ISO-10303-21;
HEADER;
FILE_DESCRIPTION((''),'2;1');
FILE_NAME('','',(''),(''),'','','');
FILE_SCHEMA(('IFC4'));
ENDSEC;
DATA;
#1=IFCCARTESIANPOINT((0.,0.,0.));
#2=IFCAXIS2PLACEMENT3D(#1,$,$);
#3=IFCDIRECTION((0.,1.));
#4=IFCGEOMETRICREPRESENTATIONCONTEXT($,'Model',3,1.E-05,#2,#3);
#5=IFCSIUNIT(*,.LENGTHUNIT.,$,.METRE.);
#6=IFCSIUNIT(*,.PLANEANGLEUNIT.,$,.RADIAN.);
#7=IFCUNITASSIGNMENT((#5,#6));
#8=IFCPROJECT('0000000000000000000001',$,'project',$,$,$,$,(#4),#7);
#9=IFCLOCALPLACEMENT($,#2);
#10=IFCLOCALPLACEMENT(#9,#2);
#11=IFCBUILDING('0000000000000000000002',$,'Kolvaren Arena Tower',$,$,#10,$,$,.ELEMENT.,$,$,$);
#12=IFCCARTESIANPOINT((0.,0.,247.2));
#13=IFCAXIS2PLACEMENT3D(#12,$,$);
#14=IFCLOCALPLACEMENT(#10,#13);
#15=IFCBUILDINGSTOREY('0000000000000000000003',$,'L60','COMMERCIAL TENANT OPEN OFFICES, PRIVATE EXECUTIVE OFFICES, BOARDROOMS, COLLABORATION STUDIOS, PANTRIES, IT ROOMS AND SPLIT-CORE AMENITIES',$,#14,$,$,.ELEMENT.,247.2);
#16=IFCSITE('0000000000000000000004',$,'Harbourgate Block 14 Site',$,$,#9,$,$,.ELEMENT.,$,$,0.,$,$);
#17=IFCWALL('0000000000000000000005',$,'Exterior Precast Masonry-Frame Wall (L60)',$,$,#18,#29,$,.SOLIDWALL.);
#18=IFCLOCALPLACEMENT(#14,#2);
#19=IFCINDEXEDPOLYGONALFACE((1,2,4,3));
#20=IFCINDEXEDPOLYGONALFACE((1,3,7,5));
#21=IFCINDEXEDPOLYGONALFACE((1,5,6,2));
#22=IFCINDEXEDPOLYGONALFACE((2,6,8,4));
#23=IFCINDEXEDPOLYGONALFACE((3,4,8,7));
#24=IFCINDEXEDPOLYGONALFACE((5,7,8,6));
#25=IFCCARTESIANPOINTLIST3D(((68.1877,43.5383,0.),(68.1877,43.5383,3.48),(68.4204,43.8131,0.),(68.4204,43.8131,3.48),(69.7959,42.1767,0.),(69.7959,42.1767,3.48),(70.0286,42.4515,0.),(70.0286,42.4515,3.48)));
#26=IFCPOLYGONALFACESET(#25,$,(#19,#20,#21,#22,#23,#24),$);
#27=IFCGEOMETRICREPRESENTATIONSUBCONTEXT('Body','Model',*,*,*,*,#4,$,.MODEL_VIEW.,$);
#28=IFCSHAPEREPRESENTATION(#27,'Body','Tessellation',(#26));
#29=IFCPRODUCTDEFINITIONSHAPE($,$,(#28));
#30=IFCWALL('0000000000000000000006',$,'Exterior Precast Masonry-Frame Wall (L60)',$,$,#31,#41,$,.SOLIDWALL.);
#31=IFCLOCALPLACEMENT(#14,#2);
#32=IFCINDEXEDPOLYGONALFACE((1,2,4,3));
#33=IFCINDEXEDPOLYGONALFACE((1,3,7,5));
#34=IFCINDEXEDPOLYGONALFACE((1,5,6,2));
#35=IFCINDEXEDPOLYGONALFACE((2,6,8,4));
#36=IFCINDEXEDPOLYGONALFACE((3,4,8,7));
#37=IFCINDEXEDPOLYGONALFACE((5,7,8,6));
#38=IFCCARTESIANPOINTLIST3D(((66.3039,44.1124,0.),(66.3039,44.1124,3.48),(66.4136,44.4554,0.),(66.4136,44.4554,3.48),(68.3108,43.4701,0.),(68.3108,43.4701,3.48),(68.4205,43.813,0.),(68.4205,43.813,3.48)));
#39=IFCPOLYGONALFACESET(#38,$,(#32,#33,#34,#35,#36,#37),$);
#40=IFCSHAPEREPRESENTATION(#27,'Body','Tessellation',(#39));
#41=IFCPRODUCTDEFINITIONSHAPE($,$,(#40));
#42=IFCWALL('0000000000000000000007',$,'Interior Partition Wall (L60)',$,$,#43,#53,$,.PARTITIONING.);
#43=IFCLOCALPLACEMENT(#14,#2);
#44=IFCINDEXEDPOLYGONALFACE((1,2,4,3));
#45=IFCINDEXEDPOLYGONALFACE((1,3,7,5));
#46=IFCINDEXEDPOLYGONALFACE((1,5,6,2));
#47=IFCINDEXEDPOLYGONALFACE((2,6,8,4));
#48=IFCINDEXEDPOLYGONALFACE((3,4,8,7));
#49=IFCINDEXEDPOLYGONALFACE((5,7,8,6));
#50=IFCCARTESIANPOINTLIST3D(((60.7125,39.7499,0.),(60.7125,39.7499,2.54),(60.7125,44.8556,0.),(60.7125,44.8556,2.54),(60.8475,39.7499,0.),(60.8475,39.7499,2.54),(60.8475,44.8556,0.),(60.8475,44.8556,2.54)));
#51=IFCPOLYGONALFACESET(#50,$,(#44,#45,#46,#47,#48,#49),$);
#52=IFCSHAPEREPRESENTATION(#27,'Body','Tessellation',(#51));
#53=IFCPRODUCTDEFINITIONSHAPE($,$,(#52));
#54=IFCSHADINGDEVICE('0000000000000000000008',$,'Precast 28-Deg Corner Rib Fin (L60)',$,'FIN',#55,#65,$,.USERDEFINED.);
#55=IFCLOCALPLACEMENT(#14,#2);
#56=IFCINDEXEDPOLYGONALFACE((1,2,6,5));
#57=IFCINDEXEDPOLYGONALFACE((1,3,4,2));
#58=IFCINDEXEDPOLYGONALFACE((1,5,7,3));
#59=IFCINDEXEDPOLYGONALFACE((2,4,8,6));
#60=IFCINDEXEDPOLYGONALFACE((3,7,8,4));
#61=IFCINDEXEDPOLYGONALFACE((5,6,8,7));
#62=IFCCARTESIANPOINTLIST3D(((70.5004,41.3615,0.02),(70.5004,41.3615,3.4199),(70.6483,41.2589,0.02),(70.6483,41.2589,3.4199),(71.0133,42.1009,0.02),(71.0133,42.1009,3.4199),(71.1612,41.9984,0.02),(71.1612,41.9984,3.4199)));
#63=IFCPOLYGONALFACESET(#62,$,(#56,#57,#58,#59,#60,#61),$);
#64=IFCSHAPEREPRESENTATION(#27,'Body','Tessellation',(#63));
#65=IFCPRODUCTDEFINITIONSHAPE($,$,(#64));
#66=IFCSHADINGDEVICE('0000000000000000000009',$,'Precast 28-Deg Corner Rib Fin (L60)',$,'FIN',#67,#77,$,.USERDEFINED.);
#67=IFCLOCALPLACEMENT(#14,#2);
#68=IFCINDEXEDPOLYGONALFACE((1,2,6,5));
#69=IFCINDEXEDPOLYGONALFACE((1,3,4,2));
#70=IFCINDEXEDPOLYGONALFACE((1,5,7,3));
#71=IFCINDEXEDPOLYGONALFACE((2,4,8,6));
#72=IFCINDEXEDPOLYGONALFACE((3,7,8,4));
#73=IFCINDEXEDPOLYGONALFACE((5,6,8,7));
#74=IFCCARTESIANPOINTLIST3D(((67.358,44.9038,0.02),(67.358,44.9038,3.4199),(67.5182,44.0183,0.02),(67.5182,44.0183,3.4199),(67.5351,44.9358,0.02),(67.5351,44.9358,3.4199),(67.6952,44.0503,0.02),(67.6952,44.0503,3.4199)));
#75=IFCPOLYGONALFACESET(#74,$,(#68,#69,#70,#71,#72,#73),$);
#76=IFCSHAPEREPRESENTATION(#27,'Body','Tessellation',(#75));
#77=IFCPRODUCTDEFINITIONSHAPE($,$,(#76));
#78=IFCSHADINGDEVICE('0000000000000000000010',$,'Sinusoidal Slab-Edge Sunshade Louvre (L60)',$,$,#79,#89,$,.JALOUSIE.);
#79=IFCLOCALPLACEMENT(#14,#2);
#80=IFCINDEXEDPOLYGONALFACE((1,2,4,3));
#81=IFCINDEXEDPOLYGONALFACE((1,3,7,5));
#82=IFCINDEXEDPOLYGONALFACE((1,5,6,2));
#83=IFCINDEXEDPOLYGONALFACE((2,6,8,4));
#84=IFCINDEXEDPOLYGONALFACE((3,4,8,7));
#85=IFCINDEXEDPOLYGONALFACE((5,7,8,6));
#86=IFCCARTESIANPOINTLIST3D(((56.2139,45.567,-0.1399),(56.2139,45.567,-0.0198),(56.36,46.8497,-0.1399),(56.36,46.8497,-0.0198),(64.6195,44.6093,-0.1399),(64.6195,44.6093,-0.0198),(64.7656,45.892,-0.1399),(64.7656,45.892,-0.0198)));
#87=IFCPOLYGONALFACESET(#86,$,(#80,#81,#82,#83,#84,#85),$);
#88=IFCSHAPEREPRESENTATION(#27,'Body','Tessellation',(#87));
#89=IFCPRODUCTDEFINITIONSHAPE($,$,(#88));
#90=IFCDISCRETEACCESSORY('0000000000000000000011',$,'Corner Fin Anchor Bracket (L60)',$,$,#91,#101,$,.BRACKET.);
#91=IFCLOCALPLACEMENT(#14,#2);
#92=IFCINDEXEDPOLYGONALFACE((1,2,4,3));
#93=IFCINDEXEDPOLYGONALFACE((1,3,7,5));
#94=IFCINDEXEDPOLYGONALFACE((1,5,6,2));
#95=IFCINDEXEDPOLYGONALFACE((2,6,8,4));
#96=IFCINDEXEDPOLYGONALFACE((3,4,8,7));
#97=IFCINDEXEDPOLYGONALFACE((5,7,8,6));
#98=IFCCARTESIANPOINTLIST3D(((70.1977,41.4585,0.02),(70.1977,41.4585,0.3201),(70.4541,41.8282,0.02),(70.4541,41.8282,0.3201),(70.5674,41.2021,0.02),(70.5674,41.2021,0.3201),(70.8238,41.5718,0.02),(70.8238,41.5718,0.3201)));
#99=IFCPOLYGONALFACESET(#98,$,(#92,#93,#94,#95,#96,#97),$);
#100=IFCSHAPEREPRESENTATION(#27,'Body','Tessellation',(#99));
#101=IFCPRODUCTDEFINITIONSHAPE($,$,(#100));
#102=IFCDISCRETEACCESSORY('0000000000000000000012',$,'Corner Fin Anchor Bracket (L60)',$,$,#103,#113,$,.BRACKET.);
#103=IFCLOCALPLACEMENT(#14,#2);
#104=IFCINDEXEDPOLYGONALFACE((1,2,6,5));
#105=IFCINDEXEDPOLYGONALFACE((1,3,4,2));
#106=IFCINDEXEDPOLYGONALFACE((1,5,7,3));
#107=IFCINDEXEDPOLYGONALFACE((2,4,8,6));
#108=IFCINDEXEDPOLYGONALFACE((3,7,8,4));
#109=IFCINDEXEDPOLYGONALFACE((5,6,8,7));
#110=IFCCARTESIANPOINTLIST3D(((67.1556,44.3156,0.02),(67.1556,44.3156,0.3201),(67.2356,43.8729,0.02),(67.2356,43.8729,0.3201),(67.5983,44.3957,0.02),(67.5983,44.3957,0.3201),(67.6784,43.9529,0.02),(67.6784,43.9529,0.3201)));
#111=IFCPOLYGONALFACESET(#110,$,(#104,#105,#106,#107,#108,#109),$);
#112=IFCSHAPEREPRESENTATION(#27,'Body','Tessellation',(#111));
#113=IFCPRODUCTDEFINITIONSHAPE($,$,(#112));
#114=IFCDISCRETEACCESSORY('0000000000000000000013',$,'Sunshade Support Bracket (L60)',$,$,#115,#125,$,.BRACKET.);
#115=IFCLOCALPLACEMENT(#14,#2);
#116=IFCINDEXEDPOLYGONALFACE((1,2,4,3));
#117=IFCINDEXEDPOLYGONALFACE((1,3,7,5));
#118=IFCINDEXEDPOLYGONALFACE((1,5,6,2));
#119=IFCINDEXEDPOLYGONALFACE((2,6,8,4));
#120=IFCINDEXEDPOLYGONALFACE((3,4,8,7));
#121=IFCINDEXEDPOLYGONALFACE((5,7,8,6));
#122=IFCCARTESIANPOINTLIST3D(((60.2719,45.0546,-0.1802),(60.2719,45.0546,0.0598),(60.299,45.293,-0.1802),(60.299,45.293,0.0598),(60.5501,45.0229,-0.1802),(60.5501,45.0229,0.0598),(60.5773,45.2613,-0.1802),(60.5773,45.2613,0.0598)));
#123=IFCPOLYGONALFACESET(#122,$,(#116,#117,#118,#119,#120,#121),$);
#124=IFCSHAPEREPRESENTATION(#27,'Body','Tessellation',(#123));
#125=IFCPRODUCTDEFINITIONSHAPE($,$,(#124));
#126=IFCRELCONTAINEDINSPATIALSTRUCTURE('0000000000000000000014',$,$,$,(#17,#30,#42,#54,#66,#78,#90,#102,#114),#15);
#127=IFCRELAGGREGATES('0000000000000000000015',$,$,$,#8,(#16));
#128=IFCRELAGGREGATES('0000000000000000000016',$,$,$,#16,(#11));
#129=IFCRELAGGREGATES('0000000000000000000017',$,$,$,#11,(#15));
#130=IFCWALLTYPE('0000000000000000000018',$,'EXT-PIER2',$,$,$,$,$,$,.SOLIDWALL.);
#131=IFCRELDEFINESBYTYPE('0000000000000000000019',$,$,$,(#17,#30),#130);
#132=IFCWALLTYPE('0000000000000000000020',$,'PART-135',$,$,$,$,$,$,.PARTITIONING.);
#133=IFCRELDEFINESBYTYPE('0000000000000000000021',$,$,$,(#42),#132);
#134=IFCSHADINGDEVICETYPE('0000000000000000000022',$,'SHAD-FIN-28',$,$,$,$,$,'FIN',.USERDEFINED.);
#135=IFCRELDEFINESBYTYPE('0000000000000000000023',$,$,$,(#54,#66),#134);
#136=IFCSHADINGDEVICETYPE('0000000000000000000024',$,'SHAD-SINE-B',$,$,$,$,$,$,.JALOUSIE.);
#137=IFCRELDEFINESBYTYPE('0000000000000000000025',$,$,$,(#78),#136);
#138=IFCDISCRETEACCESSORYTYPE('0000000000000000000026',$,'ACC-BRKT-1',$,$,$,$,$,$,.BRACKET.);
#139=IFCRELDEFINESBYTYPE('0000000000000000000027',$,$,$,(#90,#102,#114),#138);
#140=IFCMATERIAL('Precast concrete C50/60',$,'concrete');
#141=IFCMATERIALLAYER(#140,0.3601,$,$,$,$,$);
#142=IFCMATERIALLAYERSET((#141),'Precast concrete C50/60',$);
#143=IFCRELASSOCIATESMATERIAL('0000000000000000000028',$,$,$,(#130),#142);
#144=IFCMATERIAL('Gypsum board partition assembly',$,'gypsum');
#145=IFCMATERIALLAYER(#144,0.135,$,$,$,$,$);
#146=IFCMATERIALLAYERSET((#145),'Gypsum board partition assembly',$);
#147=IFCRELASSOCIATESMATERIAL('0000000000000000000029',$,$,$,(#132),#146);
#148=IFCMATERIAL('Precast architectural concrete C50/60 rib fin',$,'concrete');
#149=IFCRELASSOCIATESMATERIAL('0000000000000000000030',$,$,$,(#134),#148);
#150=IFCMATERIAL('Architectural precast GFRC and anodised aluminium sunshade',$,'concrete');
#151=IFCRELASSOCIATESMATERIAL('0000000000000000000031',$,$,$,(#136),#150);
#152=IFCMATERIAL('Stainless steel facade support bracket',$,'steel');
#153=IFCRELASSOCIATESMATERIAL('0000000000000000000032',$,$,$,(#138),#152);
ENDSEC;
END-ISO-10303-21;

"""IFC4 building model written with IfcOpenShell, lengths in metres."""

from ifc_helpers import new_model, si_unit, direction, frame, frame_2d, origin, origin_2d, place, context, subcontext, project, spatial, rectangle, extrude, material, layer, layer_set, type_object, element, save


model = new_model("IFC4")

# Units and contexts
model_context = context("Model", 3, precision=1e-05, world=origin(), true_north=direction((0.0, 1.0)))
body_context = subcontext(model_context, "Body", "Model", "MODEL_VIEW")
ifc_project = project(units=[si_unit("LENGTHUNIT", "METRE"), si_unit("PLANEANGLEUNIT", "RADIAN")], contexts=[model_context])

# Site, building, storey
site_placement = place(None, origin())
site = spatial("IfcSite", under=ifc_project, at=site_placement, Name="Harbourgate Block 14 Site", CompositionType="ELEMENT", RefElevation=0.0)
building_placement = place(site_placement, origin())
building = spatial("IfcBuilding", under=site, at=building_placement, Name="Kolvaren Arena Tower", CompositionType="ELEMENT")
storey_placement = place(building_placement, frame((0.0, 0.0, 247.2)))
storey = spatial("IfcBuildingStorey", under=building, at=storey_placement, Name="L60", Description="COMMERCIAL TENANT OPEN OFFICES, PRIVATE EXECUTIVE OFFICES, BOARDROOMS, COLLABORATION STUDIOS, PANTRIES, IT ROOMS AND SPLIT-CORE AMENITIES", CompositionType="ELEMENT", Elevation=247.2)

# Shared definitions
ifc_material_1 = material(Name="Precast concrete C50/60", Category="concrete")
ifc_layer_1 = layer(ifc_material_1, 0.3601)
ifc_layer_set_1 = layer_set([ifc_layer_1], Name="Precast concrete C50/60")
wall_type_1 = type_object("IfcWallType", Name="EXT-PIER2", PredefinedType="SOLIDWALL", material=ifc_layer_set_1)

# Walls
for number, where, z_axis, x_axis, name in (
    (1, (68.304, 43.6758, 0.0), (0.0, 0.0, 1.0), (0.763193, -0.646171, 0.0), "Exterior Precast Masonry-Frame Wall (L60)"),
    (2, (66.3586, 44.2839, 0.0), (0.0, 0.0, 1.0), (0.952404, -0.304839, 0.0), "Exterior Precast Masonry-Frame Wall (L60)"),
):
    element("IfcWall", number, at=place(storey_placement, frame(where, z_axis=z_axis, x_axis=x_axis)), inside=storey, type_object=wall_type_1, Name=name, PredefinedType="SOLIDWALL", context=body_context, shape_type="SweptSolid", body=[
        extrude(rectangle(XDim=2.1072, YDim=0.3601, at=frame_2d((1.0537, 0.0))), origin(), (0.0, 0.0, 1.0), 3.48),
    ])
ifc_material_2 = material(Name="Gypsum board partition assembly", Category="gypsum")
ifc_layer_2 = layer(ifc_material_2, 0.135)
ifc_layer_set_2 = layer_set([ifc_layer_2], Name="Gypsum board partition assembly")
wall_type_2 = type_object("IfcWallType", Name="PART-135", PredefinedType="PARTITIONING", material=ifc_layer_set_2)
wall_1_placement = place(storey_placement, frame((60.78, 39.75, 0.0), z_axis=(0.0, 0.0, 1.0), x_axis=(0.0, 1.0, 0.0)))
element("IfcWall", 3, at=wall_1_placement, inside=storey, type_object=wall_type_2, Name="Interior Partition Wall (L60)", PredefinedType="PARTITIONING", context=body_context, shape_type="SweptSolid", body=[
    extrude(rectangle(XDim=5.1057, YDim=0.135, at=frame_2d((2.5527, 0.0))), origin(), (0.0, 0.0, 1.0), 2.54),
])

# Shading devices
ifc_material_3 = material(Name="Precast architectural concrete C50/60 rib fin", Category="concrete")
shading_device_type_1 = type_object("IfcShadingDeviceType", Name="SHAD-FIN-28", ElementType="FIN", PredefinedType="USERDEFINED", material=ifc_material_3)
for number, where, z_axis, x_axis, name in (
    (4, (70.8308, 41.6799, 0.02), (0.0, 0.0, 1.0), (0.569965, 0.821669, 0.0), "Precast 28-Deg Corner Rib Fin (L60)"),
    (5, (67.5266, 44.4771, 0.02), (0.0, 0.0, 1.0), (-0.177966, 0.984037, 0.0), "Precast 28-Deg Corner Rib Fin (L60)"),
):
    element("IfcShadingDevice", number, at=place(storey_placement, frame(where, z_axis=z_axis, x_axis=x_axis)), inside=storey, type_object=shading_device_type_1, Name=name, ObjectType="FIN", PredefinedType="USERDEFINED", context=body_context, shape_type="SweptSolid", body=[
        extrude(rectangle(XDim=0.8999, YDim=0.1799, at=origin_2d()), origin(), (0.0, 0.0, 1.0), 3.3999),
    ])
ifc_material_4 = material(Name="Architectural precast GFRC and anodised aluminium sunshade", Category="concrete")
shading_device_type_2 = type_object("IfcShadingDeviceType", Name="SHAD-SINE-B", PredefinedType="JALOUSIE", material=ifc_material_4)
shading_device_placement = place(storey_placement, frame((60.4897, 45.7295, -0.1399), z_axis=(0.0, 0.0, 1.0), x_axis=(0.993572, -0.113205, 0.0)))
element("IfcShadingDevice", 6, at=shading_device_placement, inside=storey, type_object=shading_device_type_2, Name="Sinusoidal Slab-Edge Sunshade Louvre (L60)", PredefinedType="JALOUSIE", context=body_context, shape_type="SweptSolid", body=[
    extrude(rectangle(XDim=8.46, YDim=1.291, at=origin_2d()), origin(), (0.0, 0.0, 1.0), 0.1201),
])

# Discrete accessories
ifc_material_5 = material(Name="Stainless steel facade support bracket", Category="steel")
discrete_accessory_type = type_object("IfcDiscreteAccessoryType", Name="ACC-BRKT-1", PredefinedType="BRACKET", material=ifc_material_5)
for number, where, z_axis, x_axis, name in (
    (7, (70.5107, 41.5151, 0.02), (0.0, 0.0, 1.0), (0.569965, 0.821669, 0.0), "Corner Fin Anchor Bracket (L60)"),
    (8, (67.417, 44.1343, 0.02), (0.0, 0.0, 1.0), (-0.177966, 0.984037, 0.0), "Corner Fin Anchor Bracket (L60)"),
):
    element("IfcDiscreteAccessory", number, at=place(storey_placement, frame(where, z_axis=z_axis, x_axis=x_axis)), inside=storey, type_object=discrete_accessory_type, Name=name, PredefinedType="BRACKET", context=body_context, shape_type="SweptSolid", body=[
        extrude(rectangle(XDim=0.45, YDim=0.45, at=origin_2d()), origin(), (0.0, 0.0, 1.0), 0.3),
    ])
discrete_accessory_placement = place(storey_placement, frame((60.4246, 45.158, -0.1802), z_axis=(0.0, 0.0, 1.0), x_axis=(0.993572, -0.113205, 0.0)))
element("IfcDiscreteAccessory", 9, at=discrete_accessory_placement, inside=storey, type_object=discrete_accessory_type, Name="Sunshade Support Bracket (L60)", PredefinedType="BRACKET", context=body_context, shape_type="SweptSolid", body=[
    extrude(rectangle(XDim=0.28, YDim=0.24, at=origin_2d()), origin(), (0.0, 0.0, 1.0), 0.24),
])

save(model, "model.ifc")
